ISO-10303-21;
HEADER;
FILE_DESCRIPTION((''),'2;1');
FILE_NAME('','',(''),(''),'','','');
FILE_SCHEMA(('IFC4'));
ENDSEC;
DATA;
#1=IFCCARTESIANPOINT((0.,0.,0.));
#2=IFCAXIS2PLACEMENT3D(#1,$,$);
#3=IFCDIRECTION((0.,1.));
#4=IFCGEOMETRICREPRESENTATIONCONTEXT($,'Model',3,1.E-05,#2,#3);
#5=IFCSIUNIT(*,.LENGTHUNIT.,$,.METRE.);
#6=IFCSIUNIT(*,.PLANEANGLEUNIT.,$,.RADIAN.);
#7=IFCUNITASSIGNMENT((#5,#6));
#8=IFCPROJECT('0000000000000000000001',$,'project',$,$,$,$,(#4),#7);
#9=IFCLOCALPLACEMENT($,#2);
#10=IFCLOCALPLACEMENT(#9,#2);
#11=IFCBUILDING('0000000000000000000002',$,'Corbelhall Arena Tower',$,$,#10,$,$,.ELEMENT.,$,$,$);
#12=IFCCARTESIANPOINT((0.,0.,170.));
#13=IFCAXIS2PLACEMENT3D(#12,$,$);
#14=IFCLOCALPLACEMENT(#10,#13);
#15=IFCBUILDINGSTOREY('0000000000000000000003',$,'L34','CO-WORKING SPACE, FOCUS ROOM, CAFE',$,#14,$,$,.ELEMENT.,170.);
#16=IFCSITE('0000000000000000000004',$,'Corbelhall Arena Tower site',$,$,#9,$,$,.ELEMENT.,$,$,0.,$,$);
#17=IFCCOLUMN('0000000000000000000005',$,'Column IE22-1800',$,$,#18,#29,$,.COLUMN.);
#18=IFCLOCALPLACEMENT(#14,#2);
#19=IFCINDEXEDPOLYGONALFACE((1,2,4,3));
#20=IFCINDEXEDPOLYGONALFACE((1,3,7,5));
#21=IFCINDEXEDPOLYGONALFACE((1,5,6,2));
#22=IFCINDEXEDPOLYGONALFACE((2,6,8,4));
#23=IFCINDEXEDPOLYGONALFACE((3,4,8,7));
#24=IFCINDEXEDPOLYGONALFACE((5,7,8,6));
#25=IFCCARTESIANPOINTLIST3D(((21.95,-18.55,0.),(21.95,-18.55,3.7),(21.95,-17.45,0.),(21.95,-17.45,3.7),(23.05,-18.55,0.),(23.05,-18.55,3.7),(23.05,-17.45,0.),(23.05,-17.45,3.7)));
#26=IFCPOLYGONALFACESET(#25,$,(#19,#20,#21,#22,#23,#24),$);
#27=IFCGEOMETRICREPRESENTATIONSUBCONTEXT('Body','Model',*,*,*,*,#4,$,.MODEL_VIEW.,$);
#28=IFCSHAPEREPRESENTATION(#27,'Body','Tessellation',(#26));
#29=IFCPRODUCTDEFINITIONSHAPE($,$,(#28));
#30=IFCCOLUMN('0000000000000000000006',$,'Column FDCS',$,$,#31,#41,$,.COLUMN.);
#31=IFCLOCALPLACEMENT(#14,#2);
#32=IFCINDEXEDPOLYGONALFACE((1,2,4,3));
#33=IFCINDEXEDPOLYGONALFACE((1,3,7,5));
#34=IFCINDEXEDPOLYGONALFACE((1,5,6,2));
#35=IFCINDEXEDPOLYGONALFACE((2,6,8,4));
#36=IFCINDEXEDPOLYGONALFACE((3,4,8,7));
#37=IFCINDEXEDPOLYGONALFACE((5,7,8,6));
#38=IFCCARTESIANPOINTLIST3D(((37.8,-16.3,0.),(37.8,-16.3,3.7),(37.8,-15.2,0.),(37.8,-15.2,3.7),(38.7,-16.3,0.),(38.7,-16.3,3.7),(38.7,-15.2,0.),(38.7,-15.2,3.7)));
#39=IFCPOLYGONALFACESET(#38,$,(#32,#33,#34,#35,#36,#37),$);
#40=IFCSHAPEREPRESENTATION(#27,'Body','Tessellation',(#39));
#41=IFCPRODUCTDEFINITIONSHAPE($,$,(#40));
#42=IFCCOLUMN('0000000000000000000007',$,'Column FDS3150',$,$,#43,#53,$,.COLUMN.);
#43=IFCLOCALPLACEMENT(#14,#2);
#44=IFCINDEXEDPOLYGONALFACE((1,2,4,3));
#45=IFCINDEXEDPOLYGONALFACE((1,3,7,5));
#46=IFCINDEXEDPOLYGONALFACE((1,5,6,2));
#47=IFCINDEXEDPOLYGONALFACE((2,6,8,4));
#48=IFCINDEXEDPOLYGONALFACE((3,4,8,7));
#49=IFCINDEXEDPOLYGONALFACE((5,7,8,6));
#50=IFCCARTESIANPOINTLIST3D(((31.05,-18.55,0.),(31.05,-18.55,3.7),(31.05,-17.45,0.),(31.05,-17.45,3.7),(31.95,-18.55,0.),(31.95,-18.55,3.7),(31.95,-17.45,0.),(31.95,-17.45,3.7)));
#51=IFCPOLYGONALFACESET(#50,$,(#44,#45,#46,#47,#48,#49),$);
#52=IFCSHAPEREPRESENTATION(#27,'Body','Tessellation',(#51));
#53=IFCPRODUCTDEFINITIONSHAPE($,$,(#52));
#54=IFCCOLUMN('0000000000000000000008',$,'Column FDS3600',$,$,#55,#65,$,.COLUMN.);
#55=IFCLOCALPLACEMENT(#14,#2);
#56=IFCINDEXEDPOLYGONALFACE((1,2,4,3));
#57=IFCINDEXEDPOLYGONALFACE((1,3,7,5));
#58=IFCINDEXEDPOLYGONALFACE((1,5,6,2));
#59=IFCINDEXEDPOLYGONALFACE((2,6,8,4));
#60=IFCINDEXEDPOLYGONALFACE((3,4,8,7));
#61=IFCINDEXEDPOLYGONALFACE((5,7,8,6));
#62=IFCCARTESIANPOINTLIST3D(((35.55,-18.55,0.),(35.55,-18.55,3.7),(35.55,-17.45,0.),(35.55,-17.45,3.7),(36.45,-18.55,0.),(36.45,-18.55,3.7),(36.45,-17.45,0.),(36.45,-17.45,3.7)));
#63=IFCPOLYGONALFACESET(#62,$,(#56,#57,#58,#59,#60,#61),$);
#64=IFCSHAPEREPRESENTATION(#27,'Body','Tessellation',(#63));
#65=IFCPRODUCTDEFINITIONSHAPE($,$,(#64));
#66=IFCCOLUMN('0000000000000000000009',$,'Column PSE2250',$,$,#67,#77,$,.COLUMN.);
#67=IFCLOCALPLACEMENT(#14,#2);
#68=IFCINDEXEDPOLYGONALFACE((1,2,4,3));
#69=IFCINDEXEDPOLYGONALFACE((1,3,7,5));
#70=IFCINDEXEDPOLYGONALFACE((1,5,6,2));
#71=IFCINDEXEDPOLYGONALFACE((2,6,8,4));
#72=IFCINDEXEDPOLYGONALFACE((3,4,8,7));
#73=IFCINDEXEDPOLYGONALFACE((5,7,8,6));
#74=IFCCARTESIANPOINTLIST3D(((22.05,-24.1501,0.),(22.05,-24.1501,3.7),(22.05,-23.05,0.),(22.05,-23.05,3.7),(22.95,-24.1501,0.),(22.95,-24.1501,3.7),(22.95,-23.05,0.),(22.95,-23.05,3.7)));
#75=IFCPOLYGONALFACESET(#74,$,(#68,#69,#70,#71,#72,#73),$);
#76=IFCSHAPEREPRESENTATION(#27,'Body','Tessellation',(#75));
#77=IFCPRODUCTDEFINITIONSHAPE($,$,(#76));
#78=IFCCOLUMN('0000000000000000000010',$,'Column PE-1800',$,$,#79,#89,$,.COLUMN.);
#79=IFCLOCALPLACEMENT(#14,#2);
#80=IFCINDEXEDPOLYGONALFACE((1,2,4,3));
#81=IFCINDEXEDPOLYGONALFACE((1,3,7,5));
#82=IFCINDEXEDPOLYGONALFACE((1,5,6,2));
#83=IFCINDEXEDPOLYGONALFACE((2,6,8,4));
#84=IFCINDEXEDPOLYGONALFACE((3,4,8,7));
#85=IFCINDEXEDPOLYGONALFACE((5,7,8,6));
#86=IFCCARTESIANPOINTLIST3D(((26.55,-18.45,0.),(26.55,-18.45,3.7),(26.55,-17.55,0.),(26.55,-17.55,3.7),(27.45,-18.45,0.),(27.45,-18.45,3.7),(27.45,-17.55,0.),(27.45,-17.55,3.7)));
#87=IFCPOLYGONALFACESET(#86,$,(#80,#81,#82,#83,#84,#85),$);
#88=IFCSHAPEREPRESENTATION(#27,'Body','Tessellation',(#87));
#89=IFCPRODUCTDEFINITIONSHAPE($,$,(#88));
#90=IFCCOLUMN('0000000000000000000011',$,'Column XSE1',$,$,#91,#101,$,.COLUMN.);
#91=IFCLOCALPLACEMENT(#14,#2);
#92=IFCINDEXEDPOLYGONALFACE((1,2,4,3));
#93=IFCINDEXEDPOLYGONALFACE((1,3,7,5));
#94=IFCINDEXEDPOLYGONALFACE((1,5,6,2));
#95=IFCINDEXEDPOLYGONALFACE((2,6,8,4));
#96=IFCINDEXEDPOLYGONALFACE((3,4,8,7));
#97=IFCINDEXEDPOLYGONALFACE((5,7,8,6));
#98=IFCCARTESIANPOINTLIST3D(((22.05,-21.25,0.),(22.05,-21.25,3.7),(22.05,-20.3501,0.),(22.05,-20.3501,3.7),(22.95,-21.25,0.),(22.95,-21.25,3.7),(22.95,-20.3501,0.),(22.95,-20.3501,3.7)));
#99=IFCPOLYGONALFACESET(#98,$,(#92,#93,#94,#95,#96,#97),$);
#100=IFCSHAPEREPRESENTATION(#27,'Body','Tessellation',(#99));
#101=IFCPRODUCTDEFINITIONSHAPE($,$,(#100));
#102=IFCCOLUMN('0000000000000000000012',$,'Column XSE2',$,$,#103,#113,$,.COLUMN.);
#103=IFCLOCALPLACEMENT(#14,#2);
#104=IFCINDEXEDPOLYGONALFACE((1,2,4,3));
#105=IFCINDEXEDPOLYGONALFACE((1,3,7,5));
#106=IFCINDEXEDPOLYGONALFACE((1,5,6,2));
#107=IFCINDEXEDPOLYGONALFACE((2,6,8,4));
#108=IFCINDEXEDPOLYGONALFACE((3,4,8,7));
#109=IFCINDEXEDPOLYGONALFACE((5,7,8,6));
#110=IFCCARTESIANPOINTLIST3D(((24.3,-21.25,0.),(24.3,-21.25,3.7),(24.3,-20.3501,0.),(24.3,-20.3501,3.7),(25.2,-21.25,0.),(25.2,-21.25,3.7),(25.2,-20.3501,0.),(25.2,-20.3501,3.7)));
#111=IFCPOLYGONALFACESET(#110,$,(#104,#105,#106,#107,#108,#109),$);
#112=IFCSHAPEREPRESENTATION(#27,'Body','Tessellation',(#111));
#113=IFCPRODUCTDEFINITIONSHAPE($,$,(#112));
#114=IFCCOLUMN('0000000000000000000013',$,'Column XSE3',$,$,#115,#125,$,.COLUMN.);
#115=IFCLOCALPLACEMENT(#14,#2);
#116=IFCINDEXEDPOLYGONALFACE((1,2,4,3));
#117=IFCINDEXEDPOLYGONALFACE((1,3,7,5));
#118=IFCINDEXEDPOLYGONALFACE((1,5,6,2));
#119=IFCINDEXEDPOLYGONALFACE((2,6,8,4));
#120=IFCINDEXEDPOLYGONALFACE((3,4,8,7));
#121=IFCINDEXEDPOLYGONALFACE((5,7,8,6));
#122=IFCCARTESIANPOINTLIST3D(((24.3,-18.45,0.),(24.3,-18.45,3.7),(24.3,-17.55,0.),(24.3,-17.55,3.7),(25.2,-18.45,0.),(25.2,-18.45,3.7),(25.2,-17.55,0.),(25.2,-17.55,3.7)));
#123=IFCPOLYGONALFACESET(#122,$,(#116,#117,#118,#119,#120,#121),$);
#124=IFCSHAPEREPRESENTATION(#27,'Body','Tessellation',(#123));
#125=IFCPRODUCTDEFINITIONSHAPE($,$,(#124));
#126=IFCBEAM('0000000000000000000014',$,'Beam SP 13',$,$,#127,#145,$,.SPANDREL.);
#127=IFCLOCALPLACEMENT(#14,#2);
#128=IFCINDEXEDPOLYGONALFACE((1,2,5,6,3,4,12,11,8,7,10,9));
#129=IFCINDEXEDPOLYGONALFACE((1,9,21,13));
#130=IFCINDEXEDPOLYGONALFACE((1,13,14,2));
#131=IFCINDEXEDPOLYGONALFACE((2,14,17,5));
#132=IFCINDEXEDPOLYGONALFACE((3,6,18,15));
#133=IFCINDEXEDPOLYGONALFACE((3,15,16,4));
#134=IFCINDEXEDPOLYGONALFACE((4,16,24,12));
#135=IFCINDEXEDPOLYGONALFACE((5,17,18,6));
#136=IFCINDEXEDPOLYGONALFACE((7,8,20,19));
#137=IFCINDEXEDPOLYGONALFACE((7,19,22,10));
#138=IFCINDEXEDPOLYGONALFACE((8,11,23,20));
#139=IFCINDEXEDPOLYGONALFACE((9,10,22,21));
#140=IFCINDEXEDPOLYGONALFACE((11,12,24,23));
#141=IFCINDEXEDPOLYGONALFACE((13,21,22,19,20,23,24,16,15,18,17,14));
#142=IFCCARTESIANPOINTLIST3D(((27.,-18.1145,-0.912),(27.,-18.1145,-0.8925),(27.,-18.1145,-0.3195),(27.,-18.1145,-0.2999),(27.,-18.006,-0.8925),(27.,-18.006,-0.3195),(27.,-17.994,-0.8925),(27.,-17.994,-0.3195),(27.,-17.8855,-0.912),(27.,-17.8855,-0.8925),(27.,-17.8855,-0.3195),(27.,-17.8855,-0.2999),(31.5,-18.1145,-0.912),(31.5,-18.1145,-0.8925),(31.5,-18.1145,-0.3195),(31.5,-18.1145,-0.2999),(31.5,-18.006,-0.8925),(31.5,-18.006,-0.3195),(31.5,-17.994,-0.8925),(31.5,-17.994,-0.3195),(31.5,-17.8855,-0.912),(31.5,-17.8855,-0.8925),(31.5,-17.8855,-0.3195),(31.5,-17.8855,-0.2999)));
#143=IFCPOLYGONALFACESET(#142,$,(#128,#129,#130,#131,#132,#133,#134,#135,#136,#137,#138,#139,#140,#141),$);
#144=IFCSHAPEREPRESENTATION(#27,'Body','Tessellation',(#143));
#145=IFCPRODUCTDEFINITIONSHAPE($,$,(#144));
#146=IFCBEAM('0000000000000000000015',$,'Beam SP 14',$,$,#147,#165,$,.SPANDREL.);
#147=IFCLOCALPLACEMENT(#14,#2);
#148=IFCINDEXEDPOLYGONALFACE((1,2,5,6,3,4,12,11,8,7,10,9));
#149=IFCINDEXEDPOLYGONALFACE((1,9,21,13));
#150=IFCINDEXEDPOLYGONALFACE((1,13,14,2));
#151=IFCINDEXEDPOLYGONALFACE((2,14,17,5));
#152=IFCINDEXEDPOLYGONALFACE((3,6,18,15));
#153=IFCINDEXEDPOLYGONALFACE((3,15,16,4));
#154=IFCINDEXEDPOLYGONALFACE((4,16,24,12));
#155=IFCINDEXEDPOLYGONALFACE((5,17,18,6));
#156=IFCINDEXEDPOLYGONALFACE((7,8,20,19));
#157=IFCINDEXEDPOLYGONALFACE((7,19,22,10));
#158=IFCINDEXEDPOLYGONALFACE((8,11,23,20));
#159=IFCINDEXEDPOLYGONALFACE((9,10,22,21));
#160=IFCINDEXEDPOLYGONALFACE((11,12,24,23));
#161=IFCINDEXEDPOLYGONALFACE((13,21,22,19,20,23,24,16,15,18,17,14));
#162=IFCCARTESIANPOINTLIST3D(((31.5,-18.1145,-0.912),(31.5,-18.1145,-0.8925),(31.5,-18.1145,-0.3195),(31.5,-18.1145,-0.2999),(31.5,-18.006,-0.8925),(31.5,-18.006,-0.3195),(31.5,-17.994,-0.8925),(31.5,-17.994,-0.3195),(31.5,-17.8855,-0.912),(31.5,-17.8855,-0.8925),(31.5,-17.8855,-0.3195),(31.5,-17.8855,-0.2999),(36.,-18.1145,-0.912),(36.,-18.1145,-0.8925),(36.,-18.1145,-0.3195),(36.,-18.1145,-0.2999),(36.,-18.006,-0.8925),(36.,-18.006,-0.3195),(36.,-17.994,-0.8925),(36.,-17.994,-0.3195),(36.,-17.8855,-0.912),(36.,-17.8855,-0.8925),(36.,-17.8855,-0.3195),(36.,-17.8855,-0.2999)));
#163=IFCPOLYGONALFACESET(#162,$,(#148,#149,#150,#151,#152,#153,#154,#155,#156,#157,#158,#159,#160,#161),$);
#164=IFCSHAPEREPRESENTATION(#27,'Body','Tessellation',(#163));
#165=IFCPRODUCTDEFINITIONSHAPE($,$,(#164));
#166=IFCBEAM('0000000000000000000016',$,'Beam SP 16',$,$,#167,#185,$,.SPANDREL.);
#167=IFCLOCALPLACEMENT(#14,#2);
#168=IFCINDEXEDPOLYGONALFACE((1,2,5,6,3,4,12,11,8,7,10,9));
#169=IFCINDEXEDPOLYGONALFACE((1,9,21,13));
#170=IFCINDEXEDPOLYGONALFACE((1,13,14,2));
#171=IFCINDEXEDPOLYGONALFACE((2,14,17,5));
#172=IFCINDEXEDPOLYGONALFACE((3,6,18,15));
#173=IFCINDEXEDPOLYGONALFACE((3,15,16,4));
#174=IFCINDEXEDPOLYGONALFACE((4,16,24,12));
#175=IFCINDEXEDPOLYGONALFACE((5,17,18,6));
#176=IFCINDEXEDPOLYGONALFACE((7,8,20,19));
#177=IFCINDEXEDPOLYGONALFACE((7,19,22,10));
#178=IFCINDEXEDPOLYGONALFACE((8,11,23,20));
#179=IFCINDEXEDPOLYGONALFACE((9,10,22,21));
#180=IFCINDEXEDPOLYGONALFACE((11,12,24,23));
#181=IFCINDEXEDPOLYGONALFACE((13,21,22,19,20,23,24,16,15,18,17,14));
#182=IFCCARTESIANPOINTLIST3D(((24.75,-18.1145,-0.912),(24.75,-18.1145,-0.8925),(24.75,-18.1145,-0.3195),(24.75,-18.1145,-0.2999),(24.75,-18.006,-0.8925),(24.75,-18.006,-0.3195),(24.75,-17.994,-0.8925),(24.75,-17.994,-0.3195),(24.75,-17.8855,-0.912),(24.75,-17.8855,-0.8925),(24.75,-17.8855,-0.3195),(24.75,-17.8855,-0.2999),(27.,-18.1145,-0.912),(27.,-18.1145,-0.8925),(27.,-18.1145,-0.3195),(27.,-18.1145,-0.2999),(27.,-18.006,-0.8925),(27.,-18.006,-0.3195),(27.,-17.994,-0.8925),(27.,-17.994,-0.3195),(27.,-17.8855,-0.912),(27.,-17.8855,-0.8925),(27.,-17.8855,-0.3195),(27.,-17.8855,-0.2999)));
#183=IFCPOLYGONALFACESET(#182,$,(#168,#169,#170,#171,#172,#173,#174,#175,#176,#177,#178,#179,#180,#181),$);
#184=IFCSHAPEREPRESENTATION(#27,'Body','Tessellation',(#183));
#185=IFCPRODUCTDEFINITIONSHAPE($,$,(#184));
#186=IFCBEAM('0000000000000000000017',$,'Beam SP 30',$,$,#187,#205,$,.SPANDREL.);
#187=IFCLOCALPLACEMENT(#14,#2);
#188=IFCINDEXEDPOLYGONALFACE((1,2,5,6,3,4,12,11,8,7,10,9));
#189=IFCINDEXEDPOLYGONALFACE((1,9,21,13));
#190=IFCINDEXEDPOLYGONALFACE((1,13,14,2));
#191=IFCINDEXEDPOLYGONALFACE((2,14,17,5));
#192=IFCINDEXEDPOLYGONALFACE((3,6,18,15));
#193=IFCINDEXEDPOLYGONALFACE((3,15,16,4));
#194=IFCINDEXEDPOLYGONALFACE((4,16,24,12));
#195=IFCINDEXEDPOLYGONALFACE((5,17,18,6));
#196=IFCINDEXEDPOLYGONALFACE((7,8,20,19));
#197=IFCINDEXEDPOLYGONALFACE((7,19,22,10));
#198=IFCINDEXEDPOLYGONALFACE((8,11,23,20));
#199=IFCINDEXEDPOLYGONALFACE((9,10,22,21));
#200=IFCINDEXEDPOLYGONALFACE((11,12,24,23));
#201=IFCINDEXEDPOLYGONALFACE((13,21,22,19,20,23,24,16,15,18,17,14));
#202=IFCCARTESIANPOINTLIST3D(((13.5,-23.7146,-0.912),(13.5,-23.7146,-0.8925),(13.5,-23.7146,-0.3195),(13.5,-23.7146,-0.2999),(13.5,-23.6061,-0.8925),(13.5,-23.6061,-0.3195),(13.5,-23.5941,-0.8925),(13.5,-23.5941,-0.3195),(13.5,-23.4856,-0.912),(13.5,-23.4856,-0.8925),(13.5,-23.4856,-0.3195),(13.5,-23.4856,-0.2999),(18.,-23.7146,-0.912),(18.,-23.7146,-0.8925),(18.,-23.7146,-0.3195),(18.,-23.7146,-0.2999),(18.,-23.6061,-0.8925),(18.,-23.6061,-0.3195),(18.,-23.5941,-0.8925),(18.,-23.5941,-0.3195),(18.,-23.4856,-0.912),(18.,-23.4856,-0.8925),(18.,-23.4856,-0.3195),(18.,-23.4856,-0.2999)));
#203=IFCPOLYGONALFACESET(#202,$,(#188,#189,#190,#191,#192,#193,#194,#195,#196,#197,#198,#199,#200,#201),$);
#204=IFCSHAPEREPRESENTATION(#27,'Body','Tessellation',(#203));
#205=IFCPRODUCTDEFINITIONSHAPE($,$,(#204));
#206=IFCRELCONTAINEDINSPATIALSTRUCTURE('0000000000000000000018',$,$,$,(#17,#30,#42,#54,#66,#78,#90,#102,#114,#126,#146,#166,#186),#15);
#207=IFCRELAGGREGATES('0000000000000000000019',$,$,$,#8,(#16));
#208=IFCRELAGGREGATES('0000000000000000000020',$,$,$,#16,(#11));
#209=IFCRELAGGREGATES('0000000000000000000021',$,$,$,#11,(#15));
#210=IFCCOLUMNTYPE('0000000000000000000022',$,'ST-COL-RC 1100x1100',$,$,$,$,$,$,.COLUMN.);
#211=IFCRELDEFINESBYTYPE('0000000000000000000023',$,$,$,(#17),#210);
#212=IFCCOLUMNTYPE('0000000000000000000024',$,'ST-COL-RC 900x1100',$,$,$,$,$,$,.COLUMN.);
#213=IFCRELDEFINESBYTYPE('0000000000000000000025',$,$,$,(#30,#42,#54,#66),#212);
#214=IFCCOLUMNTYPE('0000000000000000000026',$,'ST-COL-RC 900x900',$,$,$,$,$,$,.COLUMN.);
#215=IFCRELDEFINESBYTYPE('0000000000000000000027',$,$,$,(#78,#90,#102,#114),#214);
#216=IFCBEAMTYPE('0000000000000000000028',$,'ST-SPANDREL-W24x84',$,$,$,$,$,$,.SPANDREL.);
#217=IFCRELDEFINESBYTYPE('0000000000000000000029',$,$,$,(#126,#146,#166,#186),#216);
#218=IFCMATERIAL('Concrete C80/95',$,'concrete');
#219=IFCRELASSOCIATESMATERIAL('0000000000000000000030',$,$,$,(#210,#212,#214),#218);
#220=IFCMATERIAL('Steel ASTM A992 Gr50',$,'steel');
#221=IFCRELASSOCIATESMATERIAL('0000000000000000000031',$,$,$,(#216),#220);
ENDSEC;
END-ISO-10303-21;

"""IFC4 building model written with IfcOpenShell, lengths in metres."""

from ifc_helpers import new_model, si_unit, direction, frame, origin, origin_2d, place, context, subcontext, project, spatial, rectangle, i_section, extrude, material, material_profile, profile_set, type_object, element, save


model = new_model("IFC4")

# Units and contexts
model_context = context("Model", 3, precision=1e-05, world=origin(), true_north=direction((0.0, 1.0)))
body_context = subcontext(model_context, "Body", "Model", "MODEL_VIEW")
ifc_project = project(units=[si_unit("LENGTHUNIT", "METRE"), si_unit("PLANEANGLEUNIT", "RADIAN")], contexts=[model_context])

# Site, building, storey
site_placement = place(None, origin())
site = spatial("IfcSite", under=ifc_project, at=site_placement, Name="Corbelhall Arena Tower site", CompositionType="ELEMENT", RefElevation=0.0)
building_placement = place(site_placement, origin())
building = spatial("IfcBuilding", under=site, at=building_placement, Name="Corbelhall Arena Tower", CompositionType="ELEMENT")
storey_placement = place(building_placement, frame((0.0, 0.0, 170.0)))
storey = spatial("IfcBuildingStorey", under=building, at=storey_placement, Name="L34", Description="CO-WORKING SPACE, FOCUS ROOM, CAFE", CompositionType="ELEMENT", Elevation=170.0)

# Columns
ifc_material_1 = material(Name="Concrete C80/95", Category="concrete")
ifc_material_profile_1 = material_profile(ifc_material_1, rectangle(XDim=1.1001, YDim=1.1001, at=origin_2d()))
ifc_profile_set_1 = profile_set([ifc_material_profile_1], Name="Concrete C80/95")
column_type_1 = type_object("IfcColumnType", Name="ST-COL-RC 1100x1100", PredefinedType="COLUMN", material=ifc_profile_set_1)
column_placement = place(storey_placement, frame((22.5, -18.0, 0.0), z_axis=(0.0, 0.0, 1.0), x_axis=(1.0, 0.0, 0.0)))
element("IfcColumn", 1, at=column_placement, inside=storey, type_object=column_type_1, Name="Column IE22-1800", PredefinedType="COLUMN", context=body_context, shape_type="SweptSolid", body=[
    extrude(rectangle(XDim=1.1001, YDim=1.1001, at=origin_2d()), origin(), (0.0, 0.0, 1.0), 3.7),
])
ifc_material_profile_2 = material_profile(ifc_material_1, rectangle(XDim=0.8999, YDim=1.1001, at=origin_2d()))
ifc_profile_set_2 = profile_set([ifc_material_profile_2], Name="Concrete C80/95")
column_type_2 = type_object("IfcColumnType", Name="ST-COL-RC 900x1100", PredefinedType="COLUMN", material=ifc_profile_set_2)
for number, where, z_axis, x_axis, name in (
    (2, (38.25, -15.75, 0.0), (0.0, 0.0, 1.0), (1.0, 0.0, 0.0), "Column FDCS"),
    (3, (31.5, -18.0, 0.0), (0.0, 0.0, 1.0), (1.0, 0.0, 0.0), "Column FDS3150"),
    (4, (36.0, -18.0, 0.0), (0.0, 0.0, 1.0), (1.0, 0.0, 0.0), "Column FDS3600"),
    (5, (22.5, -23.6001, 0.0), (0.0, 0.0, 1.0), (1.0, 0.0, 0.0), "Column PSE2250"),
):
    element("IfcColumn", number, at=place(storey_placement, frame(where, z_axis=z_axis, x_axis=x_axis)), inside=storey, type_object=column_type_2, Name=name, PredefinedType="COLUMN", context=body_context, shape_type="SweptSolid", body=[
        extrude(rectangle(XDim=0.8999, YDim=1.1001, at=origin_2d()), origin(), (0.0, 0.0, 1.0), 3.7),
    ])
ifc_material_profile_3 = material_profile(ifc_material_1, rectangle(XDim=0.8999, YDim=0.8999, at=origin_2d()))
ifc_profile_set_3 = profile_set([ifc_material_profile_3], Name="Concrete C80/95")
column_type_3 = type_object("IfcColumnType", Name="ST-COL-RC 900x900", PredefinedType="COLUMN", material=ifc_profile_set_3)
for number, where, z_axis, x_axis, name in (
    (6, (27.0, -18.0, 0.0), (0.0, 0.0, 1.0), (1.0, 0.0, 0.0), "Column PE-1800"),
    (7, (22.5, -20.8, 0.0), (0.0, 0.0, 1.0), (1.0, 0.0, 0.0), "Column XSE1"),
    (8, (24.75, -20.8, 0.0), (0.0, 0.0, 1.0), (1.0, 0.0, 0.0), "Column XSE2"),
    (9, (24.75, -18.0, 0.0), (0.0, 0.0, 1.0), (1.0, 0.0, 0.0), "Column XSE3"),
):
    element("IfcColumn", number, at=place(storey_placement, frame(where, z_axis=z_axis, x_axis=x_axis)), inside=storey, type_object=column_type_3, Name=name, PredefinedType="COLUMN", context=body_context, shape_type="SweptSolid", body=[
        extrude(rectangle(XDim=0.8999, YDim=0.8999, at=origin_2d()), origin(), (0.0, 0.0, 1.0), 3.7),
    ])

# Beams
ifc_material_2 = material(Name="Steel ASTM A992 Gr50", Category="steel")
ifc_material_profile_4 = material_profile(ifc_material_2, i_section(OverallWidth=0.229, OverallDepth=0.6121, WebThickness=0.012, FlangeThickness=0.0195, at=origin_2d()))
ifc_profile_set_4 = profile_set([ifc_material_profile_4], Name="Steel ASTM A992 Gr50")
beam_type = type_object("IfcBeamType", Name="ST-SPANDREL-W24x84", PredefinedType="SPANDREL", material=ifc_profile_set_4)
for number, where, z_axis, x_axis, name in (
    (10, (31.5, -18.0, -0.606), (-1.0, 0.0, 0.0), (0.0, -1.0, 0.0), "Beam SP 13"),
    (11, (36.0, -18.0, -0.606), (-1.0, 0.0, 0.0), (0.0, -1.0, 0.0), "Beam SP 14"),
):
    element("IfcBeam", number, at=place(storey_placement, frame(where, z_axis=z_axis, x_axis=x_axis)), inside=storey, type_object=beam_type, Name=name, PredefinedType="SPANDREL", context=body_context, shape_type="SweptSolid", body=[
        extrude(i_section(OverallWidth=0.229, OverallDepth=0.6121, WebThickness=0.012, FlangeThickness=0.0195, at=origin_2d()), origin(), (0.0, 0.0, 1.0), 4.5),
    ])
beam_1_placement = place(storey_placement, frame((27.0, -18.0, -0.606), z_axis=(-1.0, 0.0, 0.0), x_axis=(0.0, -1.0, 0.0)))
element("IfcBeam", 12, at=beam_1_placement, inside=storey, type_object=beam_type, Name="Beam SP 16", PredefinedType="SPANDREL", context=body_context, shape_type="SweptSolid", body=[
    extrude(i_section(OverallWidth=0.229, OverallDepth=0.6121, WebThickness=0.012, FlangeThickness=0.0195, at=origin_2d()), origin(), (0.0, 0.0, 1.0), 2.25),
])
for number, where, z_axis, x_axis, name in (
    (13, (18.0, -23.6001, -0.606), (-1.0, 0.0, 0.0), (0.0, -1.0, 0.0), "Beam SP 30"),
):
    element("IfcBeam", number, at=place(storey_placement, frame(where, z_axis=z_axis, x_axis=x_axis)), inside=storey, type_object=beam_type, Name=name, PredefinedType="SPANDREL", context=body_context, shape_type="SweptSolid", body=[
        extrude(i_section(OverallWidth=0.229, OverallDepth=0.6121, WebThickness=0.012, FlangeThickness=0.0195, at=origin_2d()), origin(), (0.0, 0.0, 1.0), 4.5),
    ])

save(model, "model.ifc")
